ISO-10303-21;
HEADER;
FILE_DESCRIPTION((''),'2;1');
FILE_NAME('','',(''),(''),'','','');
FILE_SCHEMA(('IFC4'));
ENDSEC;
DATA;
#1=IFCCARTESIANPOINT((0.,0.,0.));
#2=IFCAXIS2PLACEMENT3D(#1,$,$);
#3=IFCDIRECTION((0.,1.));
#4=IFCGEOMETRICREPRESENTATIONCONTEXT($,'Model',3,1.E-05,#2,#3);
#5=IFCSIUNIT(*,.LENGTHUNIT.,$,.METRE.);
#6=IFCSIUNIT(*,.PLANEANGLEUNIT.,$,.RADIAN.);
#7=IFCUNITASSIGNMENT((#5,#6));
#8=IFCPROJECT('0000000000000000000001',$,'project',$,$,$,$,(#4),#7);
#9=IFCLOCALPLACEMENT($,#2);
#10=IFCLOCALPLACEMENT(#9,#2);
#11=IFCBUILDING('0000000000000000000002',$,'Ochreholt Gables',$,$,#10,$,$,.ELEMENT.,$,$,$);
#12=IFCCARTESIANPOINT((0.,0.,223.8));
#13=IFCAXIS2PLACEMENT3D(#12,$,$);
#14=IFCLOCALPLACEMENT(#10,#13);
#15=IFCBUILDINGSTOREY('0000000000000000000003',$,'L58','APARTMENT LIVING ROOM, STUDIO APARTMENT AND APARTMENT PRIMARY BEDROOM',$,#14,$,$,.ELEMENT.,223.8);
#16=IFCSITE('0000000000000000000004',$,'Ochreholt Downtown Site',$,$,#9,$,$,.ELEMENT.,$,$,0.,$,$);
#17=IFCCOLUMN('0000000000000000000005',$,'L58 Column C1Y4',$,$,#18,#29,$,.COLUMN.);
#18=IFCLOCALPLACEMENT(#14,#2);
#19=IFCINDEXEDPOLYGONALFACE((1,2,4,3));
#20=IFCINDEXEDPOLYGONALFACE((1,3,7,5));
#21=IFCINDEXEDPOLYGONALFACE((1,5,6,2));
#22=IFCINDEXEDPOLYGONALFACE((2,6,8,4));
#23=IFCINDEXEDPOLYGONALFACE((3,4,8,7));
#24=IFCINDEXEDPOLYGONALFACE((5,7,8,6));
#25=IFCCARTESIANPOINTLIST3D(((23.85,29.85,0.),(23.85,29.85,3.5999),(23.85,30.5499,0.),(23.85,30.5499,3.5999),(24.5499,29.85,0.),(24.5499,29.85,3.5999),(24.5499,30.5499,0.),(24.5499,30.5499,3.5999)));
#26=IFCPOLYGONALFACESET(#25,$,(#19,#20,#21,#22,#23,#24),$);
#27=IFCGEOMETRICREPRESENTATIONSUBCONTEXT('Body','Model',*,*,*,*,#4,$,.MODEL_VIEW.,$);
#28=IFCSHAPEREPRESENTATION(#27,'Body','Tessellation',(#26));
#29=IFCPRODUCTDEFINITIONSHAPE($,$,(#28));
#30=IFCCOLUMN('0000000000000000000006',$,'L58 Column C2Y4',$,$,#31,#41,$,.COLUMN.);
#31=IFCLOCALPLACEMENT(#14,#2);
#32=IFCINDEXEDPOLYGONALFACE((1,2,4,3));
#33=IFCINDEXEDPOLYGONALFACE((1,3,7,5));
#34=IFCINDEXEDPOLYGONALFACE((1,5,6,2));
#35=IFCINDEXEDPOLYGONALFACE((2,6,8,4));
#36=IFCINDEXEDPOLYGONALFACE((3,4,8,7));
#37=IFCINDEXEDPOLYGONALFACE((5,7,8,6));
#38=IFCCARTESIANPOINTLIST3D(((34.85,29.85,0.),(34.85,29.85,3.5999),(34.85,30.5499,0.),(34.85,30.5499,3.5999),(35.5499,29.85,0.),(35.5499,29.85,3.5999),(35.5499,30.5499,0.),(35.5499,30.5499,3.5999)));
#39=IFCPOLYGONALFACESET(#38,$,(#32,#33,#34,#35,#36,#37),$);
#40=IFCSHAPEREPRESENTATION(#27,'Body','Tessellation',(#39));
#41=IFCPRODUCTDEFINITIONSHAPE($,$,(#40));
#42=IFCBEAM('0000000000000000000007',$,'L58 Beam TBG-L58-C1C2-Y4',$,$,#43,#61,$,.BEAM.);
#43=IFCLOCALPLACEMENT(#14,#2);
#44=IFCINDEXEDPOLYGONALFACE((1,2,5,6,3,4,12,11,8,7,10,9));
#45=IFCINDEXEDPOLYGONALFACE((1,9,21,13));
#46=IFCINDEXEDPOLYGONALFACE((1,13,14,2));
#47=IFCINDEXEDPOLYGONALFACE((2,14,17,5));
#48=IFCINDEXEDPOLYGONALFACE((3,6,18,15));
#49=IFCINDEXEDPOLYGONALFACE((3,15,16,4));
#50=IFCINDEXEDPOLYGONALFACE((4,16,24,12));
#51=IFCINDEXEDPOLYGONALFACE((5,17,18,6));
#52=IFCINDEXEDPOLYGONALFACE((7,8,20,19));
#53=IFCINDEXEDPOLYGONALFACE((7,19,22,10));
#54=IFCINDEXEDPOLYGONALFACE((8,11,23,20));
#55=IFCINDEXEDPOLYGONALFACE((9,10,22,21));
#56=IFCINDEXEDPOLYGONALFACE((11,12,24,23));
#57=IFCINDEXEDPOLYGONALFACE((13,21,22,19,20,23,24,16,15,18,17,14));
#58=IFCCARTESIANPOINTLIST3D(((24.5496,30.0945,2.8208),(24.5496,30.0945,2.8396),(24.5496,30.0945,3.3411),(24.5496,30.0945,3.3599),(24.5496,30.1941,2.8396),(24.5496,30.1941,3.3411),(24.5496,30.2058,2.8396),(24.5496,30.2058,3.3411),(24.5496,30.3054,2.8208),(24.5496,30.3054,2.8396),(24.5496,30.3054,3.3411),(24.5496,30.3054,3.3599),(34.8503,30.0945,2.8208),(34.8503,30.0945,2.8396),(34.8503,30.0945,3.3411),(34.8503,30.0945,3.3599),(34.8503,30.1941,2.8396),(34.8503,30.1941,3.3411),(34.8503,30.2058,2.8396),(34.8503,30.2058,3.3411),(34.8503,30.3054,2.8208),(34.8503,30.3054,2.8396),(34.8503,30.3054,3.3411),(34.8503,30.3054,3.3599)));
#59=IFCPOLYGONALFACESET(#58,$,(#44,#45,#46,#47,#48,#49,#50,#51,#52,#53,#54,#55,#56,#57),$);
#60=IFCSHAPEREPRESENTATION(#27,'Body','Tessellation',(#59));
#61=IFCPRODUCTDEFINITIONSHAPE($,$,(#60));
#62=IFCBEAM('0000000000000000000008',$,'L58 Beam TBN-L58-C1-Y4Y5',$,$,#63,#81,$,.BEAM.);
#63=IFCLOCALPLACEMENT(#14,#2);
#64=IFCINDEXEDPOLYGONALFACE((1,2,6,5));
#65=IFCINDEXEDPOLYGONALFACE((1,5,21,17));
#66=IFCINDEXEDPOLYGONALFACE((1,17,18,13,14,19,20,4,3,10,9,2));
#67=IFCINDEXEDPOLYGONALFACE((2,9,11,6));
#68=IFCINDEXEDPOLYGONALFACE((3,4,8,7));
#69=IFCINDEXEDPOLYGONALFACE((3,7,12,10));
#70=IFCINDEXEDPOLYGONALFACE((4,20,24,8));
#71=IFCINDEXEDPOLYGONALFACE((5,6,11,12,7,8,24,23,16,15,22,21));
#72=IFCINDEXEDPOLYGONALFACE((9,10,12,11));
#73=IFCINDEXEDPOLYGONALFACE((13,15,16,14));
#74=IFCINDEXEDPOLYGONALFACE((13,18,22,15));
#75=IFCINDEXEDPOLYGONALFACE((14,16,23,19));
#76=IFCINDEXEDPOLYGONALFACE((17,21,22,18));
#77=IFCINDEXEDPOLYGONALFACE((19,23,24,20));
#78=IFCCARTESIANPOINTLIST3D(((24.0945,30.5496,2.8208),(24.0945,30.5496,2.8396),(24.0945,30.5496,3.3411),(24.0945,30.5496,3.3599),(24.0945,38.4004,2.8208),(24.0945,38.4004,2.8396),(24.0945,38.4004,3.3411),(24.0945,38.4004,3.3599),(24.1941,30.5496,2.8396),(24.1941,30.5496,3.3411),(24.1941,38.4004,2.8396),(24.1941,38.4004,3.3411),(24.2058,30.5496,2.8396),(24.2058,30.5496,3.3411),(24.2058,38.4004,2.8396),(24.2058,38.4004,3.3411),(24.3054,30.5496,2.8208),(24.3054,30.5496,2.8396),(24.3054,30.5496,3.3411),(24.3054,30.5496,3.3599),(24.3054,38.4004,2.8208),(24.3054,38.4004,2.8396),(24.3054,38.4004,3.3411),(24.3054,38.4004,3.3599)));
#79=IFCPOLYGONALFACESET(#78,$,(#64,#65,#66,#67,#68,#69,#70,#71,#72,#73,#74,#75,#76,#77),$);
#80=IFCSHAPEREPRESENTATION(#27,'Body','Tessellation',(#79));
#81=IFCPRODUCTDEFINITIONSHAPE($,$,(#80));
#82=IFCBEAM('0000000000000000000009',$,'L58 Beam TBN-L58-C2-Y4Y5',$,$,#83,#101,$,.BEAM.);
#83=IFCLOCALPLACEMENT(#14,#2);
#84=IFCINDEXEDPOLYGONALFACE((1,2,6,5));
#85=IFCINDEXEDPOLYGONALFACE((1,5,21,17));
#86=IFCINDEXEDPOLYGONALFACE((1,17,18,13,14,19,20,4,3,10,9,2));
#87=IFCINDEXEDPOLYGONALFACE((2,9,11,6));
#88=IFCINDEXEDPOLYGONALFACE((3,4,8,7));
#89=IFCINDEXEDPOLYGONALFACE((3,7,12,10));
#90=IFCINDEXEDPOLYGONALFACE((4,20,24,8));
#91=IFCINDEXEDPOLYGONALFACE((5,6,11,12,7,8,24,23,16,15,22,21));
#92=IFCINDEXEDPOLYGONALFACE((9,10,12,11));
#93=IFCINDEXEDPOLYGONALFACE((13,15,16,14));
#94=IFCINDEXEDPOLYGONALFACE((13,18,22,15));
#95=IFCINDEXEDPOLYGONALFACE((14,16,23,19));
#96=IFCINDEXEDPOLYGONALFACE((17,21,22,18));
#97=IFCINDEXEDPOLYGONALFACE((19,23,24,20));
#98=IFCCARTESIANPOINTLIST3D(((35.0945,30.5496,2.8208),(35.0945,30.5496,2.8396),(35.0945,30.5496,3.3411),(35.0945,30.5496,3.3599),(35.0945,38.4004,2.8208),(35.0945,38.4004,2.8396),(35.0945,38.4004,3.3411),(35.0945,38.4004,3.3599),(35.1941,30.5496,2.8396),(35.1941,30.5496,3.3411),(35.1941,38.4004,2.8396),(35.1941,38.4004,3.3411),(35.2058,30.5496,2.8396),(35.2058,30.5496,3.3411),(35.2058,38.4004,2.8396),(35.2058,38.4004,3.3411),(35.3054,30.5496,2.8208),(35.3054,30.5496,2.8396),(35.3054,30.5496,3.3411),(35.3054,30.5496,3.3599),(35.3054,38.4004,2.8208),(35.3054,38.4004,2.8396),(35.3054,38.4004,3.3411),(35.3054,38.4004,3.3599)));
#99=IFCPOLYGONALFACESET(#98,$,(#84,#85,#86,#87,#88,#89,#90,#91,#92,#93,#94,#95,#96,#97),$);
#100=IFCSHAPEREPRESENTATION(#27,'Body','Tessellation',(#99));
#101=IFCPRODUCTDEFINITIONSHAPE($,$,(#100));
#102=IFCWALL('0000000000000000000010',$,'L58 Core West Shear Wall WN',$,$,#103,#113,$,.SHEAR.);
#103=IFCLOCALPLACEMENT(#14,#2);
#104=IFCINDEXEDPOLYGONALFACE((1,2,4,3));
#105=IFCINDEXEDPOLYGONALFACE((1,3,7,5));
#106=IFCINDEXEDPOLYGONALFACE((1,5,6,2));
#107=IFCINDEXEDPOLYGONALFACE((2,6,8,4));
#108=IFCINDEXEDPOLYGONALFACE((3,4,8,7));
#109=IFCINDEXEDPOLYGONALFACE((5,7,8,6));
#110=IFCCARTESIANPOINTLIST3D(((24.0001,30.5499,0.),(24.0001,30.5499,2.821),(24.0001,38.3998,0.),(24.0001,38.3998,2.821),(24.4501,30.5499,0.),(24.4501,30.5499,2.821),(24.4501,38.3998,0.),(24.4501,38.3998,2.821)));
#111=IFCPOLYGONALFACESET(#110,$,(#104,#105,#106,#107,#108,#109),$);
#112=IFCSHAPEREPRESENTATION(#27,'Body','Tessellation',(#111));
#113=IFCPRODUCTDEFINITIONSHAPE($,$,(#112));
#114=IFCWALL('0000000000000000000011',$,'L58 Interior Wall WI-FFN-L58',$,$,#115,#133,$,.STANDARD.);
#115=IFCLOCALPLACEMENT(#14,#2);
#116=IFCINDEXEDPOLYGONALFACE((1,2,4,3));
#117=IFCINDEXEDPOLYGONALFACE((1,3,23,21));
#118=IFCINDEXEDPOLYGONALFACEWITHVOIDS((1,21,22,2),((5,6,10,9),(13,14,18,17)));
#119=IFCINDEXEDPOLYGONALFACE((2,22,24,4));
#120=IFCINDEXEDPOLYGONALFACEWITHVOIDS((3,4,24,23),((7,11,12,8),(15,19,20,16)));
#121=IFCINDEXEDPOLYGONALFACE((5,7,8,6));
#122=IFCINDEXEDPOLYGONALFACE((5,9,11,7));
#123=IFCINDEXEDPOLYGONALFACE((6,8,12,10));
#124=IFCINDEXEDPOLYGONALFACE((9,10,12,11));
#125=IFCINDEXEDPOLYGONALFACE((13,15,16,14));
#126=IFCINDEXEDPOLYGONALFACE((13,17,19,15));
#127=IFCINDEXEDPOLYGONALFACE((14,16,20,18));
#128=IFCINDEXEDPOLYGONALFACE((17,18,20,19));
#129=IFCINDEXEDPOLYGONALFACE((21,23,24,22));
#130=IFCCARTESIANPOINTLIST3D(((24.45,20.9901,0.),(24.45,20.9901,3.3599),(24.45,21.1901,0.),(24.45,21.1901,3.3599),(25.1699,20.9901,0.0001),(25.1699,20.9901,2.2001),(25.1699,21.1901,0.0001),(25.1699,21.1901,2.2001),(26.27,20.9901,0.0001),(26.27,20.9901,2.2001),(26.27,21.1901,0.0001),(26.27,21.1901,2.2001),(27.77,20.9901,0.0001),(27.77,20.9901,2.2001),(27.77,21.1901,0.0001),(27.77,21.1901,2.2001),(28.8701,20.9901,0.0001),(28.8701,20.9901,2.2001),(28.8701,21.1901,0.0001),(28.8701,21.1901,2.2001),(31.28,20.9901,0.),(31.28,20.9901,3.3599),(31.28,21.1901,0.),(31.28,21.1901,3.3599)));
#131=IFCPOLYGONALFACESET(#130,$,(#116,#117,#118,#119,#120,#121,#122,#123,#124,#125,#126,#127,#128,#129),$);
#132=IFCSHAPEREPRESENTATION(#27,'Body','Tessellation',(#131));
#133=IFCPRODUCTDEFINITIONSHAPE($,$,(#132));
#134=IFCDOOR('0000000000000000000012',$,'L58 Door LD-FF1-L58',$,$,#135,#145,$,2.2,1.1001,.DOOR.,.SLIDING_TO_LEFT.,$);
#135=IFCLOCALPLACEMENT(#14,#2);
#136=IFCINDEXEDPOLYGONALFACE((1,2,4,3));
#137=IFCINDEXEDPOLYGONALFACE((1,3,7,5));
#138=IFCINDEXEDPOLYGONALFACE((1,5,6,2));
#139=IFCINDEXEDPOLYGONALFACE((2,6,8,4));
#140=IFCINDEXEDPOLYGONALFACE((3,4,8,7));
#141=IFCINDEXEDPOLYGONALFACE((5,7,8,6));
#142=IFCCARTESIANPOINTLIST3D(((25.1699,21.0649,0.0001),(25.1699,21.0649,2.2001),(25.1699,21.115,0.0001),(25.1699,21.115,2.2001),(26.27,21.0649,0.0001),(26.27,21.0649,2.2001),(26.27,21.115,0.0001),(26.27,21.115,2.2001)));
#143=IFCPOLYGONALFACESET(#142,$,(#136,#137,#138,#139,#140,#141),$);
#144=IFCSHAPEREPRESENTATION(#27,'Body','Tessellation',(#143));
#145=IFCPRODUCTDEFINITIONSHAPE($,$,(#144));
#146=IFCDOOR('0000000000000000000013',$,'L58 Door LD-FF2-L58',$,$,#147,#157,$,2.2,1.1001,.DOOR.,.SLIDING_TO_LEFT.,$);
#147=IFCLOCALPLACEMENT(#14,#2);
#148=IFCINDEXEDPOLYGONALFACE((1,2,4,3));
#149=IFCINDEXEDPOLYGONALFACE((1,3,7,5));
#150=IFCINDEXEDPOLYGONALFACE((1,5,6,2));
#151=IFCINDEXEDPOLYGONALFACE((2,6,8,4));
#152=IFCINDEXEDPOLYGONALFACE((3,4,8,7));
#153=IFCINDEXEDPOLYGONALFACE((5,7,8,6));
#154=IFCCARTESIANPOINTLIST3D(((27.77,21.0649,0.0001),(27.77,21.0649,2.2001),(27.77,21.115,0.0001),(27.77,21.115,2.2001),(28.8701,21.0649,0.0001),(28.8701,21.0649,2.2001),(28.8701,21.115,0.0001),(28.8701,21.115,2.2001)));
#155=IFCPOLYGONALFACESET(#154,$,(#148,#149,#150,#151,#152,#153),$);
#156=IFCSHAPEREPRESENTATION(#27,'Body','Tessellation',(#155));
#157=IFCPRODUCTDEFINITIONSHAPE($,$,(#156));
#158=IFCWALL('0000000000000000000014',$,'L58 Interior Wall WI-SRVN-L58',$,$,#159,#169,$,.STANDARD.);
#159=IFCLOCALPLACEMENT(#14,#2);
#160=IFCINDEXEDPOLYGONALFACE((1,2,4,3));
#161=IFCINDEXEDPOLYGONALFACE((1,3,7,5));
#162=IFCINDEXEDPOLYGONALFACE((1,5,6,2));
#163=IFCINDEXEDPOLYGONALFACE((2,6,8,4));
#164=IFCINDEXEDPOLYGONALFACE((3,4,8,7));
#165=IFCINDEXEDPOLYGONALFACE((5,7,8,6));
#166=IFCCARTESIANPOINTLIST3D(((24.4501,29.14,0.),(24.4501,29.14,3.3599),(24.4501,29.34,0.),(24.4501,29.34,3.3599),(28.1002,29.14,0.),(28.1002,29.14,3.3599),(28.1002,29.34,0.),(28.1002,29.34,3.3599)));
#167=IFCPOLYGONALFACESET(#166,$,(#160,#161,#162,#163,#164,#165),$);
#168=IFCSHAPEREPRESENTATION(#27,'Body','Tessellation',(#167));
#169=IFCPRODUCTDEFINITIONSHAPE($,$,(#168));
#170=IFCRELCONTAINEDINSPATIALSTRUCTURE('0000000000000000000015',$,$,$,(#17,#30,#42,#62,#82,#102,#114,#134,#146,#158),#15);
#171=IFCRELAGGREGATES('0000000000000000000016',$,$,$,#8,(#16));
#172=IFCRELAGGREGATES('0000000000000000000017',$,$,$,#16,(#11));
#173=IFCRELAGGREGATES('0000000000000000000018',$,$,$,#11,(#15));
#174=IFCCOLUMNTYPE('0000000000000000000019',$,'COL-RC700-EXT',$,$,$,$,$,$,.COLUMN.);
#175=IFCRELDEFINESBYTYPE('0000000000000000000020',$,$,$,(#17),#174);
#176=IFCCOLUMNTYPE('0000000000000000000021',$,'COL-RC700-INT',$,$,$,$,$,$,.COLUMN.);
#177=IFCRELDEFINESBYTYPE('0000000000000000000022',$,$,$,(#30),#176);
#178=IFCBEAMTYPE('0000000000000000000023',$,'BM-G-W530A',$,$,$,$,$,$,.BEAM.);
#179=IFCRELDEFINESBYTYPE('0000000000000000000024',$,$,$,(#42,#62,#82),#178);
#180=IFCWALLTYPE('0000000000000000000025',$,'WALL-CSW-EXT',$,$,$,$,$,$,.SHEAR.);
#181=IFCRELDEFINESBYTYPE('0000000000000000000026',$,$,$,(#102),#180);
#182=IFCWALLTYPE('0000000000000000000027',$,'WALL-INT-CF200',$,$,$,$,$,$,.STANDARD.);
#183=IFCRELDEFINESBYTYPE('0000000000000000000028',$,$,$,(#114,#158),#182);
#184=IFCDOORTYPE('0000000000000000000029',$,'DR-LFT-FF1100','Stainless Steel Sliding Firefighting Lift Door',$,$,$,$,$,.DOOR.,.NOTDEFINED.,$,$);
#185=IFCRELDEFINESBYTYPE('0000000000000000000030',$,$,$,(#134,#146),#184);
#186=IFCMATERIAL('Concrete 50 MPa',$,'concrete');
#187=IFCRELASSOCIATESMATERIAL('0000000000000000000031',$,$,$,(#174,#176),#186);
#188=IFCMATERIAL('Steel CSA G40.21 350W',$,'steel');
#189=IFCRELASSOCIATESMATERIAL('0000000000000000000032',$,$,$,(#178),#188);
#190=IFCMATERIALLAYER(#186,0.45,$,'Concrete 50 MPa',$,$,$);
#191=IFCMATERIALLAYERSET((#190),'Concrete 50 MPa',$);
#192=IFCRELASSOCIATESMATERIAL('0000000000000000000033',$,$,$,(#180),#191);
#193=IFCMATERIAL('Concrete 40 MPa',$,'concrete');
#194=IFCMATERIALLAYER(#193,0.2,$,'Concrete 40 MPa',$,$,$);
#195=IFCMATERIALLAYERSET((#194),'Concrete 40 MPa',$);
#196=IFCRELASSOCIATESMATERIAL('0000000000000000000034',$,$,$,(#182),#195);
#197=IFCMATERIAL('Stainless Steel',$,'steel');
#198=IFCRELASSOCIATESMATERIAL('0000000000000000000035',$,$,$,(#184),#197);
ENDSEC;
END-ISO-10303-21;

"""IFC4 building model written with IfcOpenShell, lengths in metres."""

from ifc_helpers import new_model, si_unit, direction, frame, frame_2d, origin, origin_2d, place, context, subcontext, project, spatial, rectangle, i_section, extrude, material, layer, layer_set, material_profile, profile_set, type_object, element, fill, save


model = new_model("IFC4")

# Units and contexts
model_context = context("Model", 3, precision=1e-05, world=origin(), true_north=direction((0.0, 1.0)))
body_context = subcontext(model_context, "Body", "Model", "MODEL_VIEW")
ifc_project = project(units=[si_unit("LENGTHUNIT", "METRE"), si_unit("PLANEANGLEUNIT", "RADIAN")], contexts=[model_context])

# Site, building, storey
site_placement = place(None, origin())
site = spatial("IfcSite", under=ifc_project, at=site_placement, Name="Ochreholt Downtown Site", CompositionType="ELEMENT", RefElevation=0.0)
building_placement = place(site_placement, origin())
building = spatial("IfcBuilding", under=site, at=building_placement, Name="Ochreholt Gables", CompositionType="ELEMENT")
storey_placement = place(building_placement, frame((0.0, 0.0, 223.8)))
storey = spatial("IfcBuildingStorey", under=building, at=storey_placement, Name="L58", Description="APARTMENT LIVING ROOM, STUDIO APARTMENT AND APARTMENT PRIMARY BEDROOM", CompositionType="ELEMENT", Elevation=223.8)

# Columns
ifc_material_1 = material(Name="Concrete 50 MPa", Category="concrete")
ifc_material_profile_1 = material_profile(ifc_material_1, rectangle(XDim=0.7, YDim=0.7, at=origin_2d()), Name="RC700X700")
ifc_profile_set_1 = profile_set([ifc_material_profile_1], Name="Concrete 50 MPa")
column_type_1 = type_object("IfcColumnType", Name="COL-RC700-EXT", PredefinedType="COLUMN", material=ifc_profile_set_1)
column_1_placement = place(storey_placement, frame((24.2, 30.2, 0.0), z_axis=(0.0, 0.0, 1.0), x_axis=(1.0, 0.0, 0.0)))
element("IfcColumn", 1, at=column_1_placement, inside=storey, type_object=column_type_1, Name="L58 Column C1Y4", PredefinedType="COLUMN", context=body_context, shape_type="SweptSolid", body=[
    extrude(rectangle(XDim=0.7, YDim=0.7, at=origin_2d()), origin(), (0.0, 0.0, 1.0), 3.5999),
])
ifc_material_profile_2 = material_profile(ifc_material_1, rectangle(XDim=0.7, YDim=0.7, at=origin_2d()), Name="RC700X700")
ifc_profile_set_2 = profile_set([ifc_material_profile_2], Name="Concrete 50 MPa")
column_type_2 = type_object("IfcColumnType", Name="COL-RC700-INT", PredefinedType="COLUMN", material=ifc_profile_set_2)
column_2_placement = place(storey_placement, frame((35.2, 30.2, 0.0), z_axis=(0.0, 0.0, 1.0), x_axis=(1.0, 0.0, 0.0)))
element("IfcColumn", 2, at=column_2_placement, inside=storey, type_object=column_type_2, Name="L58 Column C2Y4", PredefinedType="COLUMN", context=body_context, shape_type="SweptSolid", body=[
    extrude(rectangle(XDim=0.7, YDim=0.7, at=origin_2d()), origin(), (0.0, 0.0, 1.0), 3.5999),
])

# Beams
ifc_material_2 = material(Name="Steel CSA G40.21 350W", Category="steel")
ifc_material_profile_3 = material_profile(ifc_material_2, i_section(OverallWidth=0.2109, OverallDepth=0.5391, WebThickness=0.0117, FlangeThickness=0.0188, at=origin_2d()), Name="W530X109")
ifc_profile_set_3 = profile_set([ifc_material_profile_3], Name="Steel CSA G40.21 350W")
beam_type = type_object("IfcBeamType", Name="BM-G-W530A", PredefinedType="BEAM", material=ifc_profile_set_3)
beam_placement = place(storey_placement, frame((24.5496, 30.2, 3.0903), z_axis=(1.0, 0.0, 0.0), x_axis=(0.0, 1.0, 0.0)))
element("IfcBeam", 3, at=beam_placement, inside=storey, type_object=beam_type, Name="L58 Beam TBG-L58-C1C2-Y4", PredefinedType="BEAM", context=body_context, shape_type="SweptSolid", body=[
    extrude(i_section(OverallWidth=0.2109, OverallDepth=0.5391, WebThickness=0.0117, FlangeThickness=0.0188, at=origin_2d()), origin(), (0.0, 0.0, 1.0), 10.3008),
])
for number, where, z_axis, x_axis, name in (
    (4, (24.2, 30.5496, 3.0903), (0.0, 1.0, 0.0), (-1.0, 0.0, 0.0), "L58 Beam TBN-L58-C1-Y4Y5"),
    (5, (35.2, 30.5496, 3.0903), (0.0, 1.0, 0.0), (-1.0, 0.0, 0.0), "L58 Beam TBN-L58-C2-Y4Y5"),
):
    element("IfcBeam", number, at=place(storey_placement, frame(where, z_axis=z_axis, x_axis=x_axis)), inside=storey, type_object=beam_type, Name=name, PredefinedType="BEAM", context=body_context, shape_type="SweptSolid", body=[
        extrude(i_section(OverallWidth=0.2109, OverallDepth=0.5391, WebThickness=0.0117, FlangeThickness=0.0188, at=origin_2d()), origin(), (0.0, 0.0, 1.0), 7.8508),
    ])

# Wall
ifc_layer_1 = layer(ifc_material_1, 0.45, Name="Concrete 50 MPa")
ifc_layer_set_1 = layer_set([ifc_layer_1], Name="Concrete 50 MPa")
wall_type_1 = type_object("IfcWallType", Name="WALL-CSW-EXT", PredefinedType="SHEAR", material=ifc_layer_set_1)
wall_1_placement = place(storey_placement, frame((24.2251, 30.55, 0.0), z_axis=(0.0, 0.0, 1.0), x_axis=(0.0, 1.0, 0.0)))
element("IfcWall", 6, at=wall_1_placement, inside=storey, type_object=wall_type_1, Name="L58 Core West Shear Wall WN", PredefinedType="SHEAR", context=body_context, shape_type="SweptSolid", body=[
    extrude(rectangle(XDim=7.8499, YDim=0.45, at=frame_2d((3.9248, 0.0))), origin(), (0.0, 0.0, 1.0), 2.821),
])

# Wall, openings, doors
ifc_material_3 = material(Name="Concrete 40 MPa", Category="concrete")
ifc_layer_2 = layer(ifc_material_3, 0.2, Name="Concrete 40 MPa")
ifc_layer_set_2 = layer_set([ifc_layer_2], Name="Concrete 40 MPa")
wall_type_2 = type_object("IfcWallType", Name="WALL-INT-CF200", PredefinedType="STANDARD", material=ifc_layer_set_2)
wall_2_placement = place(storey_placement, frame((24.45, 21.0901, 0.0), z_axis=(0.0, 0.0, 1.0), x_axis=(1.0, 0.0, 0.0)))
wall_2 = element("IfcWall", 7, at=wall_2_placement, inside=storey, type_object=wall_type_2, Name="L58 Interior Wall WI-FFN-L58", PredefinedType="STANDARD", context=body_context, shape_type="SweptSolid", body=[
    extrude(rectangle(XDim=6.8301, YDim=0.2, at=frame_2d((3.415, 0.0))), origin(), (0.0, 0.0, 1.0), 3.3599),
])
opening_1_placement = place(wall_2_placement, frame((0.72, 0.0, 0.0)))
opening_1 = element("IfcOpeningElement", 8, at=opening_1_placement, cuts=wall_2, PredefinedType="OPENING", context=body_context, shape_type="SweptSolid", body=[
    extrude(rectangle(XDim=1.1001, YDim=2.2, at=frame_2d((0.55, 1.1001))), frame((0.0, 0.1099, 0.0), z_axis=(0.0, -1.0, 0.0), x_axis=(1.0, 0.0, 0.0)), (0.0, 0.0, 1.0), 0.22),
])
opening_2_placement = place(wall_2_placement, frame((3.3201, 0.0, 0.0)))
opening_2 = element("IfcOpeningElement", 9, at=opening_2_placement, cuts=wall_2, PredefinedType="OPENING", context=body_context, shape_type="SweptSolid", body=[
    extrude(rectangle(XDim=1.1001, YDim=2.2, at=frame_2d((0.55, 1.1001))), frame((0.0, 0.1099, 0.0), z_axis=(0.0, -1.0, 0.0), x_axis=(1.0, 0.0, 0.0)), (0.0, 0.0, 1.0), 0.22),
])
ifc_material_4 = material(Name="Stainless Steel", Category="steel")
door_type_1 = type_object("IfcDoorType", Name="DR-LFT-FF1100", Description="Stainless Steel Sliding Firefighting Lift Door", OperationType="NOTDEFINED", PredefinedType="DOOR", material=ifc_material_4)
door_1_placement = place(opening_1_placement, origin())
door_1 = element("IfcDoor", 10, at=door_1_placement, inside=storey, type_object=door_type_1, Name="L58 Door LD-FF1-L58", OperationType="SLIDING_TO_LEFT", OverallHeight=2.2, OverallWidth=1.1001, PredefinedType="DOOR", context=body_context, shape_type="SweptSolid", body=[
    extrude(rectangle(XDim=1.1001, YDim=2.2, at=frame_2d((0.55, 1.1001))), frame((0.0, 0.0249, 0.0), z_axis=(0.0, -1.0, 0.0), x_axis=(1.0, 0.0, 0.0)), (0.0, 0.0, 1.0), 0.05),
])
fill(opening_1, door_1)
door_2_placement = place(opening_2_placement, origin())
door_2 = element("IfcDoor", 11, at=door_2_placement, inside=storey, type_object=door_type_1, Name="L58 Door LD-FF2-L58", OperationType="SLIDING_TO_LEFT", OverallHeight=2.2, OverallWidth=1.1001, PredefinedType="DOOR", context=body_context, shape_type="SweptSolid", body=[
    extrude(rectangle(XDim=1.1001, YDim=2.2, at=frame_2d((0.55, 1.1001))), frame((0.0, 0.0249, 0.0), z_axis=(0.0, -1.0, 0.0), x_axis=(1.0, 0.0, 0.0)), (0.0, 0.0, 1.0), 0.05),
])
fill(opening_2, door_2)

# Wall
wall_3_placement = place(storey_placement, frame((24.45, 29.24, 0.0), z_axis=(0.0, 0.0, 1.0), x_axis=(1.0, 0.0, 0.0)))
element("IfcWall", 12, at=wall_3_placement, inside=storey, type_object=wall_type_2, Name="L58 Interior Wall WI-SRVN-L58", PredefinedType="STANDARD", context=body_context, shape_type="SweptSolid", body=[
    extrude(rectangle(XDim=3.6501, YDim=0.2, at=frame_2d((1.8252, 0.0))), origin(), (0.0, 0.0, 1.0), 3.3599),
])

save(model, "model.ifc")
